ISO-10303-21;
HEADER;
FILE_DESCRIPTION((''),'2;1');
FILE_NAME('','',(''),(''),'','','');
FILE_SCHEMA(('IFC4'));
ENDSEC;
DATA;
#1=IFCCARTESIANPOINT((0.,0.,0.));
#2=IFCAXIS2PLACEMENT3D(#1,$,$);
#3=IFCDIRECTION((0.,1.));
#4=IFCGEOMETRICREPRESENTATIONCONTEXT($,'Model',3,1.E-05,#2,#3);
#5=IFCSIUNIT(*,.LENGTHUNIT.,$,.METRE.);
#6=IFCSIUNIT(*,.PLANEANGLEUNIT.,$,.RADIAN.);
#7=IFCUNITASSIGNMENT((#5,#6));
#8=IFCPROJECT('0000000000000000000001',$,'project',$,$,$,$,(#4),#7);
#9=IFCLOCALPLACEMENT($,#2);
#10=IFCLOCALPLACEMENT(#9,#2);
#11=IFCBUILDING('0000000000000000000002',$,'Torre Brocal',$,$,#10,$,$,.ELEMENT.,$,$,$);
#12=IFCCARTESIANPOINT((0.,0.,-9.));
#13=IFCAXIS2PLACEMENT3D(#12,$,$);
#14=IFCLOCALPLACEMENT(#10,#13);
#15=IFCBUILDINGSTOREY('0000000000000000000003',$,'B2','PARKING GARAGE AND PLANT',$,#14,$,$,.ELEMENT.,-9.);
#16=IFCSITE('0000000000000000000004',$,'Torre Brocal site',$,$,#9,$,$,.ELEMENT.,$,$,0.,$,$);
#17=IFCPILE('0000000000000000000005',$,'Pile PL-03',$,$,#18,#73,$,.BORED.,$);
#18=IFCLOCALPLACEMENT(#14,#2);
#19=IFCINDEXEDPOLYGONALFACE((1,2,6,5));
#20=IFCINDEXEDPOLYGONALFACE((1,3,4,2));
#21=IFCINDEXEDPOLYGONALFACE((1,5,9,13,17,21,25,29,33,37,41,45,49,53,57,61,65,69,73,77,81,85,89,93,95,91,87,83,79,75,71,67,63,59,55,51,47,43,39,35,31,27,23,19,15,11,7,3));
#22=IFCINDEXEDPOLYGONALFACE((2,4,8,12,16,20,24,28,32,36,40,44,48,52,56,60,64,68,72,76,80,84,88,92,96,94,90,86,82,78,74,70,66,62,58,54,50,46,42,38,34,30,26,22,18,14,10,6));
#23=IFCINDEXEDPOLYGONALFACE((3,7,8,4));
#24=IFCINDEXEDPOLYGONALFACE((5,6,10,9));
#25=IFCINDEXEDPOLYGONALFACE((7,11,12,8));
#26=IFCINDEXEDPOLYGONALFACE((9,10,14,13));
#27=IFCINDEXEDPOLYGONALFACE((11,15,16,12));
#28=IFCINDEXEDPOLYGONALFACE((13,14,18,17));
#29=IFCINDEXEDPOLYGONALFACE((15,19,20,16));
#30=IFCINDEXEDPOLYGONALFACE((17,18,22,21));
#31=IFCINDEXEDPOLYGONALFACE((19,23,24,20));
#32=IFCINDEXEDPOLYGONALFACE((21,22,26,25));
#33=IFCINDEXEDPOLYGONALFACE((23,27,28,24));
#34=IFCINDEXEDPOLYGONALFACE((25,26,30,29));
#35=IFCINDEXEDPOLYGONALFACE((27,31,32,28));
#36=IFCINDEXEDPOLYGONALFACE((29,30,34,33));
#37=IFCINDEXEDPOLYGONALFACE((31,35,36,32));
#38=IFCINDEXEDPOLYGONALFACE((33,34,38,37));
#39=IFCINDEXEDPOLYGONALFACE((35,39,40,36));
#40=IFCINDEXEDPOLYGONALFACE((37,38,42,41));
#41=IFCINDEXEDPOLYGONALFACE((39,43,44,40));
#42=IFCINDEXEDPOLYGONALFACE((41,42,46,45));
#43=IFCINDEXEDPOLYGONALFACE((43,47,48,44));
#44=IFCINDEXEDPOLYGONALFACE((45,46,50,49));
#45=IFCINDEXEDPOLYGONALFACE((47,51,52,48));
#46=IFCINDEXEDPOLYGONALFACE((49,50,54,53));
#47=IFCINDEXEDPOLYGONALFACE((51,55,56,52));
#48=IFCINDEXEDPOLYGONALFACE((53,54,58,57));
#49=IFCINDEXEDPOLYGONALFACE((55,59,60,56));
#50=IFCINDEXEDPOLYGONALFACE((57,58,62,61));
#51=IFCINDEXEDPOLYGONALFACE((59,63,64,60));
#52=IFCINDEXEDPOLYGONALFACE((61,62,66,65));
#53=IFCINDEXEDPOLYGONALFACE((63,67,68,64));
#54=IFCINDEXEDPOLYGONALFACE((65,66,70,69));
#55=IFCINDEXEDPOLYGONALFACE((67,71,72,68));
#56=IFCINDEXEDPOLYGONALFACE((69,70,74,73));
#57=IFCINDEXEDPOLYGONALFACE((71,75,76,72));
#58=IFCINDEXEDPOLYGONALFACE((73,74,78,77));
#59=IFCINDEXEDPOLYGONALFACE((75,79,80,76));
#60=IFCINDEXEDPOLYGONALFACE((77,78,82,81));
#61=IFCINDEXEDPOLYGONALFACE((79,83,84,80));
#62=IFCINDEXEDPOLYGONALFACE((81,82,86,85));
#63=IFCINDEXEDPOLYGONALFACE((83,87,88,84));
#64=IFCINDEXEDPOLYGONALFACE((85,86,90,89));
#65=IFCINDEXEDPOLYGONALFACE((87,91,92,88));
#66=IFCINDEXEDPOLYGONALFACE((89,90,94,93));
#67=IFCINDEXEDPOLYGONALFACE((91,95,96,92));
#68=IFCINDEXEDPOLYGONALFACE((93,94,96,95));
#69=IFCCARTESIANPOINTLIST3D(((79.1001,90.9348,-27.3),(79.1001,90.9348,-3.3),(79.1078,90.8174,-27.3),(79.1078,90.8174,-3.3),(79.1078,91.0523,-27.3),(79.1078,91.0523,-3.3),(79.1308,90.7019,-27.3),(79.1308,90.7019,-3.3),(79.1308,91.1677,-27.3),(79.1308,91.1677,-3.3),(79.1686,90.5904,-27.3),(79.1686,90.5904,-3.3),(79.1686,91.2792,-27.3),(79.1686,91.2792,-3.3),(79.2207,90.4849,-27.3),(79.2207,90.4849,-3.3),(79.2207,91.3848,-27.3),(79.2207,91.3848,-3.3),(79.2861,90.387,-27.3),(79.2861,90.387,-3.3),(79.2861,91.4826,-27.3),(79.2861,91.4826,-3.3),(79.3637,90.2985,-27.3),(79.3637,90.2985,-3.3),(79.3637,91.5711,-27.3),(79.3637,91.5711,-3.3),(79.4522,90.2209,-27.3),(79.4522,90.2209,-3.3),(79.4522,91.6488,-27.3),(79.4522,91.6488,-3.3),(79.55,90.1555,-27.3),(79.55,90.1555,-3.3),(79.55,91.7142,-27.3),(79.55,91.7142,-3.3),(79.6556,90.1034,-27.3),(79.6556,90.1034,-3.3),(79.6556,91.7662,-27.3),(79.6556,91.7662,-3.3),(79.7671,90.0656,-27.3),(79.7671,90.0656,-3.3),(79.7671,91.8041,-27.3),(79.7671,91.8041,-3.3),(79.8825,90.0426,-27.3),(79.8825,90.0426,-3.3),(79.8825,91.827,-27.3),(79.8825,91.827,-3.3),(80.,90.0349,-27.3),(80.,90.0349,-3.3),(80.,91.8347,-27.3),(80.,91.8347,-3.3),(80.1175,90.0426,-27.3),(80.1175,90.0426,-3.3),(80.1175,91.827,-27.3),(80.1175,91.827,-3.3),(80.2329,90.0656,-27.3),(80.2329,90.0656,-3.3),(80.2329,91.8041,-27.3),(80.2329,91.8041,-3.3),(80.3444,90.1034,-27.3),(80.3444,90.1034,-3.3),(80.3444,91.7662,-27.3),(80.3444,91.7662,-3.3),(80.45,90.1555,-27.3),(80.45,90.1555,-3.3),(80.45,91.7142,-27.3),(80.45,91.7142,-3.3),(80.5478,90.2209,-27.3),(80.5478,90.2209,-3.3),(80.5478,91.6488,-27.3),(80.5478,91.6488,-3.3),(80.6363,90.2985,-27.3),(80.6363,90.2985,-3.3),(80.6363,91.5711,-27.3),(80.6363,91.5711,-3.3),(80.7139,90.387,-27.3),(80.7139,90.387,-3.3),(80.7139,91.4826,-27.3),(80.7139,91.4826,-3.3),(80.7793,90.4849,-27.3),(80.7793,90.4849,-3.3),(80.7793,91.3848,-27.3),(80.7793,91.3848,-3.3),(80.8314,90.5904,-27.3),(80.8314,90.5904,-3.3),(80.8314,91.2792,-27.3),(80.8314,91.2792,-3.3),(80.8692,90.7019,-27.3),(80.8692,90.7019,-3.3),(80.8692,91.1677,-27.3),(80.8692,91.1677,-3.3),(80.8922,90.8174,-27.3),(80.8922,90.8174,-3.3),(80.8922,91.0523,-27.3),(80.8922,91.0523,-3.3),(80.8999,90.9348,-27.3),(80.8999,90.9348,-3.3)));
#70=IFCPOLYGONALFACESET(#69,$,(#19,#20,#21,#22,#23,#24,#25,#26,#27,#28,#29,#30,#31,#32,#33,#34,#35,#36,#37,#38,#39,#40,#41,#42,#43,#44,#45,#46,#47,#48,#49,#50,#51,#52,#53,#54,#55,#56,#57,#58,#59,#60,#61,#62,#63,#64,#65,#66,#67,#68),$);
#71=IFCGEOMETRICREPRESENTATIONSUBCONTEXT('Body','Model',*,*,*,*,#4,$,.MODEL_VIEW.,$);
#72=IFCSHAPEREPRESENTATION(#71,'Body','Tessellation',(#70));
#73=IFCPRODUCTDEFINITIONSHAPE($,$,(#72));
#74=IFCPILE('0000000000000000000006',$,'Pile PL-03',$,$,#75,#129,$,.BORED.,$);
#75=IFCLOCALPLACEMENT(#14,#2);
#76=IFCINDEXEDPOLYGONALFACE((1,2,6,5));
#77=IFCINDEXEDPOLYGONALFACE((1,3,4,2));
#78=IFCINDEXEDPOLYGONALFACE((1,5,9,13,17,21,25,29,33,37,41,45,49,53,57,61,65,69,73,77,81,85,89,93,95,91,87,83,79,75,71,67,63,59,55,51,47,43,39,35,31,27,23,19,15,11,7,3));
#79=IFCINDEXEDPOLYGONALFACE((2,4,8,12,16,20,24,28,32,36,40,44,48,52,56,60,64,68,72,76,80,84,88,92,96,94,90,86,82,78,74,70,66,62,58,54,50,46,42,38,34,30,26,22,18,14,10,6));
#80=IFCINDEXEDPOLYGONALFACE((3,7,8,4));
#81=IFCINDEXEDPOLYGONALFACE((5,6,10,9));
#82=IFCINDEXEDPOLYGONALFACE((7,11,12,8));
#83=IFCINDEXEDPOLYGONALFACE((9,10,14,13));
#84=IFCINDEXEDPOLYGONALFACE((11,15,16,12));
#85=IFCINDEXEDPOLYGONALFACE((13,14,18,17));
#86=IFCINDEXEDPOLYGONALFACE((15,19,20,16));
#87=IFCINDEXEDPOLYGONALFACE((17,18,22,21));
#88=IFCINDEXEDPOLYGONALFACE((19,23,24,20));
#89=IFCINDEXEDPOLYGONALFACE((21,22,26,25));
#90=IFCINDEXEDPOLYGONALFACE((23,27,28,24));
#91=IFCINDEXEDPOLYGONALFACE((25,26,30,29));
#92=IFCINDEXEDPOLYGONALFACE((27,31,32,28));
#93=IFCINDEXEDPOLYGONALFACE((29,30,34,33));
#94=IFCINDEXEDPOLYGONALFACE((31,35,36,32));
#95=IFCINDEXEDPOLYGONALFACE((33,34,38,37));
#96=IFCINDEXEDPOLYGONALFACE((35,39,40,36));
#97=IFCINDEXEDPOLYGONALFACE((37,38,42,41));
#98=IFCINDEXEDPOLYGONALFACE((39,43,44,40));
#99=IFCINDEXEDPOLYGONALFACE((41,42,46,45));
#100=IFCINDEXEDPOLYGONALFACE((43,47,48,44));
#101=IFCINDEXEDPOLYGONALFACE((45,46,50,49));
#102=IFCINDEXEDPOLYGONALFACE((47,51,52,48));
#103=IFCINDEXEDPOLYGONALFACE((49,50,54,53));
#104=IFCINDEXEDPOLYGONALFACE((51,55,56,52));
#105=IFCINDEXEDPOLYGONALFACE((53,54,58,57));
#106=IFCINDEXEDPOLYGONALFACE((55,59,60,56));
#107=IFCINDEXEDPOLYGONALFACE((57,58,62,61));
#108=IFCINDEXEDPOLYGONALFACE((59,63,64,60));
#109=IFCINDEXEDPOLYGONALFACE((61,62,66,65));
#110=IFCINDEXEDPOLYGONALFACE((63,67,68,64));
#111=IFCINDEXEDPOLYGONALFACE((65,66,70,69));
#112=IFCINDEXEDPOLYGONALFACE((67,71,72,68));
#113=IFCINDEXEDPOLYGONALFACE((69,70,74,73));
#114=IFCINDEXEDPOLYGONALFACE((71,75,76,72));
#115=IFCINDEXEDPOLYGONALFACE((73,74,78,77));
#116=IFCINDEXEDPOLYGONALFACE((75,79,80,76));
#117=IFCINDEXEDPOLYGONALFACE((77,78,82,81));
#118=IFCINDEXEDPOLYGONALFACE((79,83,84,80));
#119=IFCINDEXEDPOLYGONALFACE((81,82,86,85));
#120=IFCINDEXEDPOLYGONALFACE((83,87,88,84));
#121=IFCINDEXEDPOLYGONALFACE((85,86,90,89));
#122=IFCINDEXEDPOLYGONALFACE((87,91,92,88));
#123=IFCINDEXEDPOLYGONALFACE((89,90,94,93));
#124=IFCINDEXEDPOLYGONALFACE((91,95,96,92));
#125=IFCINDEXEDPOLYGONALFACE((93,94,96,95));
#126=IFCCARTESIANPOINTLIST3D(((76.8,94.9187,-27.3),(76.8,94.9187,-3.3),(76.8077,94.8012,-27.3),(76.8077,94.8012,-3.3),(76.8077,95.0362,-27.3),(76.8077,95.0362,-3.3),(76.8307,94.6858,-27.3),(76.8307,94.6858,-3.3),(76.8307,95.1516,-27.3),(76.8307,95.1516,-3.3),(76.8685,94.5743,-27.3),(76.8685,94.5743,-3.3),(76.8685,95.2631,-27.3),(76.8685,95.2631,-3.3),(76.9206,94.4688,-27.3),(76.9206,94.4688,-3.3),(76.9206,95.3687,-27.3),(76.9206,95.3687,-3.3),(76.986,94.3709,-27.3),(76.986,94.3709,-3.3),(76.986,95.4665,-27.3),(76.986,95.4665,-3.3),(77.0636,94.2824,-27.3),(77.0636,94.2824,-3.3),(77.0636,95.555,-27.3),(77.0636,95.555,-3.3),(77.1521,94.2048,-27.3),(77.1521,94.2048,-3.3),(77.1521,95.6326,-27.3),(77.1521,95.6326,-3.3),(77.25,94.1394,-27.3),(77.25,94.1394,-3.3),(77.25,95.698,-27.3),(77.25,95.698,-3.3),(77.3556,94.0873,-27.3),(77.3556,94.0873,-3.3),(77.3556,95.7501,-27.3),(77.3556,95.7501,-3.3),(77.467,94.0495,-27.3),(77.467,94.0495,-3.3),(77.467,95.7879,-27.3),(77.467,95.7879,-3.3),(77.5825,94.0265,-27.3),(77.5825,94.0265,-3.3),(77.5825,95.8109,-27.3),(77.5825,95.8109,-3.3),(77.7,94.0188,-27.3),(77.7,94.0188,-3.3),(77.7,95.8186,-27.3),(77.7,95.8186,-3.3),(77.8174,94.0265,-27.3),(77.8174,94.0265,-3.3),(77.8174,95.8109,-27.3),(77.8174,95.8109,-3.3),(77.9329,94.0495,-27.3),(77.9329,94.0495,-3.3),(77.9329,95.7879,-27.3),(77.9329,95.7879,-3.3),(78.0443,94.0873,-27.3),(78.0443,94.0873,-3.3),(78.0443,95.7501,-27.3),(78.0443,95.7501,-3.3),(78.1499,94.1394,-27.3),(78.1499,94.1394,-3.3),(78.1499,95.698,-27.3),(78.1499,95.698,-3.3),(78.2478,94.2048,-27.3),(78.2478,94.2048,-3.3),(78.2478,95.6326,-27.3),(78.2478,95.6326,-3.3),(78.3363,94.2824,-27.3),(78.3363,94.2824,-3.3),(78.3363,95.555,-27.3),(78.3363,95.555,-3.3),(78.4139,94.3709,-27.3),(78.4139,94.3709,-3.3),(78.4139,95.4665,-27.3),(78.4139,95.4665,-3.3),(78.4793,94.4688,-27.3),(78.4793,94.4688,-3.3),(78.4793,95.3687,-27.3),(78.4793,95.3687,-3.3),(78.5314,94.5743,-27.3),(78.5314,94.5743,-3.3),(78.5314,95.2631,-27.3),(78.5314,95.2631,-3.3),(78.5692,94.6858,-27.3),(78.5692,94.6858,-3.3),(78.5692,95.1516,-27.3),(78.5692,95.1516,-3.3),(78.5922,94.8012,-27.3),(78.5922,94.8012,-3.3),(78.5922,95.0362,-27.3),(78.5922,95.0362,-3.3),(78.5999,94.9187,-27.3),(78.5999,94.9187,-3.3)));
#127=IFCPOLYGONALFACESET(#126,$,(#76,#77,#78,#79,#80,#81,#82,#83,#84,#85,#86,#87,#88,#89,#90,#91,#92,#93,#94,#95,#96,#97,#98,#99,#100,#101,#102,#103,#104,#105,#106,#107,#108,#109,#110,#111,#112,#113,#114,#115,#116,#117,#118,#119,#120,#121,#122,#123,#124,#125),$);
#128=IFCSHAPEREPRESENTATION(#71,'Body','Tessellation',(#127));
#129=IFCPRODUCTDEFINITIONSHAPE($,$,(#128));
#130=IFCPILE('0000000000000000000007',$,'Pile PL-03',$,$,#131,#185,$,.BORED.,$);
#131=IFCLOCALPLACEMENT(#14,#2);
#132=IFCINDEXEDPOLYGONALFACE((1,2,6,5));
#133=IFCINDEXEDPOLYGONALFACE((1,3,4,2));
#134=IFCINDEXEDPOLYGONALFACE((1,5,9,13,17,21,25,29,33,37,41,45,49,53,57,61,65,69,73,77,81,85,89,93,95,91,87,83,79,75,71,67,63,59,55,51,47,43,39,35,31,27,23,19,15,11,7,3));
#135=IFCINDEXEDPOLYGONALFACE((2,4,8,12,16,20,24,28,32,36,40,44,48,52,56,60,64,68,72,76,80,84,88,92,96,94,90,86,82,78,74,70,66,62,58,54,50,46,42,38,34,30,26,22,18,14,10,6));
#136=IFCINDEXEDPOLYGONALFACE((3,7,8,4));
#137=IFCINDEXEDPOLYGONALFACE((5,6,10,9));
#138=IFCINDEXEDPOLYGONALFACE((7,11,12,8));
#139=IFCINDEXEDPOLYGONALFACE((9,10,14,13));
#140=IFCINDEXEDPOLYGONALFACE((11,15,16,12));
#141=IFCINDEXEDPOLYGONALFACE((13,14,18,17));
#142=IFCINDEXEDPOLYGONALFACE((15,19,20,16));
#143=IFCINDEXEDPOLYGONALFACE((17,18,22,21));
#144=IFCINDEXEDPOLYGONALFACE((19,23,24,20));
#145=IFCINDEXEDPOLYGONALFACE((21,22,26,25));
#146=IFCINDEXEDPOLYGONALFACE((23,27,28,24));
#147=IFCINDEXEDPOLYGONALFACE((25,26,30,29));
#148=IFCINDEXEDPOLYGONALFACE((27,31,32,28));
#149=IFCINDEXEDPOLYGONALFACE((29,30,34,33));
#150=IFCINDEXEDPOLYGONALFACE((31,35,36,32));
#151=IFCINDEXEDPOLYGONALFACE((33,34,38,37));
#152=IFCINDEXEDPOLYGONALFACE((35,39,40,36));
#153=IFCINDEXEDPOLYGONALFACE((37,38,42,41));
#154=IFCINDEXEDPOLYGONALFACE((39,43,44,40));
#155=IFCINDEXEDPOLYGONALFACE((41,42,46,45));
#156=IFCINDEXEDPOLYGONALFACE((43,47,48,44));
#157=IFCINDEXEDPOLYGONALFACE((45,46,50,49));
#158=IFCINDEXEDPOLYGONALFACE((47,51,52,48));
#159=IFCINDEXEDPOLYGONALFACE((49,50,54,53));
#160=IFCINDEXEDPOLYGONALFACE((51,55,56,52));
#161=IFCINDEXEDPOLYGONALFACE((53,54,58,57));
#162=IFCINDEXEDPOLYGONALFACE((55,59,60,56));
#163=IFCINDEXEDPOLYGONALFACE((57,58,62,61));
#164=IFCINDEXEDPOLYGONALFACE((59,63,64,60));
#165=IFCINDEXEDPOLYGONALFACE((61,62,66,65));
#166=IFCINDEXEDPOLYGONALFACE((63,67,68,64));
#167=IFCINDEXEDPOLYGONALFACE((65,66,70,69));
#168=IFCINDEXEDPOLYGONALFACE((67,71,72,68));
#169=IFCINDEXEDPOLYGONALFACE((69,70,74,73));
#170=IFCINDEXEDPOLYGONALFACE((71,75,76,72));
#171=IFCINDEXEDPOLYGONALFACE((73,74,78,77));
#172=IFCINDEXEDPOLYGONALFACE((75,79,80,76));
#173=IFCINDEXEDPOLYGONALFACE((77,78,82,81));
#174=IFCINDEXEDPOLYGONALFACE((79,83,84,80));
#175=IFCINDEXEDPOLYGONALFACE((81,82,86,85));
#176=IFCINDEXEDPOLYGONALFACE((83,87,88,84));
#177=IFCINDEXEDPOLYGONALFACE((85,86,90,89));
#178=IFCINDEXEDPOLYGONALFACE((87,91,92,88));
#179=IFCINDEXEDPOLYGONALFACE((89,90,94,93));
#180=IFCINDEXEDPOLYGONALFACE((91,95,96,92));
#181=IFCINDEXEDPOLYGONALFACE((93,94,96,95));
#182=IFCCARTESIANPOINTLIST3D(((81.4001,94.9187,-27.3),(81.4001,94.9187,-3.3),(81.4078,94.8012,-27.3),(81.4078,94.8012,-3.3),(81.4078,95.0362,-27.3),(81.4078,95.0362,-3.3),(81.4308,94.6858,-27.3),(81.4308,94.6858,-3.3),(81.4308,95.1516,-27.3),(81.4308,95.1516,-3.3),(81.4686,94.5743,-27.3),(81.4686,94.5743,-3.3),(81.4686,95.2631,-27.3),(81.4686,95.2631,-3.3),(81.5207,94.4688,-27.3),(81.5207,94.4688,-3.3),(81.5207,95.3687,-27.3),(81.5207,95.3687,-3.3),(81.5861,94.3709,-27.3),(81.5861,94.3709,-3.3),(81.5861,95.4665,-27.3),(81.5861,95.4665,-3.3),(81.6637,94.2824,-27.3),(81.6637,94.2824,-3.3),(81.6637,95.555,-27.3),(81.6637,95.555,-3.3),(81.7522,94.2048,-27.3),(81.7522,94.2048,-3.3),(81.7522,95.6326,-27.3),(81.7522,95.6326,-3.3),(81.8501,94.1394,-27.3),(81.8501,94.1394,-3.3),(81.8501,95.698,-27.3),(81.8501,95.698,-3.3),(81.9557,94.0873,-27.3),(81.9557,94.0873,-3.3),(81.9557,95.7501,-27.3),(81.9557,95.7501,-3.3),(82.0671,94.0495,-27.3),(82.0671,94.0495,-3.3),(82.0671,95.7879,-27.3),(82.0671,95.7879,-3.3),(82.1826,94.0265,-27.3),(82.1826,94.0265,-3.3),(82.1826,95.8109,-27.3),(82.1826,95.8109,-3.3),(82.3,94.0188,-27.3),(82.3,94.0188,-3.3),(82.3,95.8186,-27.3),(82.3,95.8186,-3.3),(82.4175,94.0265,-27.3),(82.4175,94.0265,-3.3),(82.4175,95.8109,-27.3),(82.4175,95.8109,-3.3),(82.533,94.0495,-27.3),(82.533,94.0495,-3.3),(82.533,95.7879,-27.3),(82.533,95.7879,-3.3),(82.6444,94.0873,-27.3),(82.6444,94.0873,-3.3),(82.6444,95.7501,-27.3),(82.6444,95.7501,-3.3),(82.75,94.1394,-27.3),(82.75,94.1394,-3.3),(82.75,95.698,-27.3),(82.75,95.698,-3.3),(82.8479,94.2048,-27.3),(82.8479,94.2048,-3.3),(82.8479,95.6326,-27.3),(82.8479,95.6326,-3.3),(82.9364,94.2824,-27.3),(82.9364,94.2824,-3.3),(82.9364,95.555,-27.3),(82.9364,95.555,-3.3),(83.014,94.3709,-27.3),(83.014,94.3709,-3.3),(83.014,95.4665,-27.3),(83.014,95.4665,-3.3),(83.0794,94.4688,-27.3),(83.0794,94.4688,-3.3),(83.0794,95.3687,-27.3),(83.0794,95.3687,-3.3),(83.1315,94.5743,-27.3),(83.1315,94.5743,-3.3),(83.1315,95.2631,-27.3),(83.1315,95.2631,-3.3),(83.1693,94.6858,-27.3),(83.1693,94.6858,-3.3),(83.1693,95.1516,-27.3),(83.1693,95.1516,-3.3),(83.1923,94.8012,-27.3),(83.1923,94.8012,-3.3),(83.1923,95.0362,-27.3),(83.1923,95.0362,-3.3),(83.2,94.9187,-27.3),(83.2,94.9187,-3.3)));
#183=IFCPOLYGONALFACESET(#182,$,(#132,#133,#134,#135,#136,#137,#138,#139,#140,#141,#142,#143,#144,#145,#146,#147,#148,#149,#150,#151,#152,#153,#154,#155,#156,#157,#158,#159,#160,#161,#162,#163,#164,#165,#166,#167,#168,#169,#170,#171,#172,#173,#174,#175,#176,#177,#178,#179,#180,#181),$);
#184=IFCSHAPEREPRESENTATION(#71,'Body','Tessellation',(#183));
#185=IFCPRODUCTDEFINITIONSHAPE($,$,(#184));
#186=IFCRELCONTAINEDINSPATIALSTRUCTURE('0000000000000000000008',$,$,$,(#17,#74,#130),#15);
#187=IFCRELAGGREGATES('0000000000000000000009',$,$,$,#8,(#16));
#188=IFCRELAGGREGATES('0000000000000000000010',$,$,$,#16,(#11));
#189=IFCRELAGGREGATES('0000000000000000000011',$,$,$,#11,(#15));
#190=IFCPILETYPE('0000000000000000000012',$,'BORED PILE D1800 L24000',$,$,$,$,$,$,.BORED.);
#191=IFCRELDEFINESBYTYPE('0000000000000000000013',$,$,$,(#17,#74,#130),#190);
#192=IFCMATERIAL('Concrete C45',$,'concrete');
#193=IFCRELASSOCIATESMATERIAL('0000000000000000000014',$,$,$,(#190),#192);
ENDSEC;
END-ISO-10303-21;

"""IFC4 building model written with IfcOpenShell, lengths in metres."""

from ifc_helpers import new_model, si_unit, direction, frame, origin, origin_2d, place, context, subcontext, project, spatial, circle, extrude, material, material_profile, profile_set, type_object, element, save


model = new_model("IFC4")

# Units and contexts
model_context = context("Model", 3, precision=1e-05, world=origin(), true_north=direction((0.0, 1.0)))
body_context = subcontext(model_context, "Body", "Model", "MODEL_VIEW")
ifc_project = project(units=[si_unit("LENGTHUNIT", "METRE"), si_unit("PLANEANGLEUNIT", "RADIAN")], contexts=[model_context])

# Site, building, storey
site_placement = place(None, origin())
site = spatial("IfcSite", under=ifc_project, at=site_placement, Name="Torre Brocal site", CompositionType="ELEMENT", RefElevation=0.0)
building_placement = place(site_placement, origin())
building = spatial("IfcBuilding", under=site, at=building_placement, Name="Torre Brocal", CompositionType="ELEMENT")
storey_placement = place(building_placement, frame((0.0, 0.0, -9.0)))
storey = spatial("IfcBuildingStorey", under=building, at=storey_placement, Name="B2", Description="PARKING GARAGE AND PLANT", CompositionType="ELEMENT", Elevation=-9.0)

# Piles
ifc_material_1 = material(Name="Concrete C45", Category="concrete")
ifc_material_profile_1 = material_profile(ifc_material_1, circle(Radius=0.8999, at=origin_2d()), Name="BORED PILE D1800")
ifc_profile_set_1 = profile_set([ifc_material_profile_1], Name="Concrete C45")
pile_type_1 = type_object("IfcPileType", Name="BORED PILE D1800 L24000", PredefinedType="BORED", material=ifc_profile_set_1)
for number, where, z_axis, x_axis, name in (
    (1, (80.0, 90.9348, -3.3), (0.0, 0.0, -1.0), (1.0, 0.0, 0.0), "Pile PL-03"),
    (2, (77.7, 94.9187, -3.3), (0.0, 0.0, -1.0), (1.0, 0.0, 0.0), "Pile PL-03"),
    (3, (82.3, 94.9187, -3.3), (0.0, 0.0, -1.0), (1.0, 0.0, 0.0), "Pile PL-03"),
):
    element("IfcPile", number, at=place(storey_placement, frame(where, z_axis=z_axis, x_axis=x_axis)), inside=storey, type_object=pile_type_1, Name=name, PredefinedType="BORED", context=body_context, shape_type="SweptSolid", body=[
        extrude(circle(Radius=0.8999, at=origin_2d()), origin(), (0.0, 0.0, 1.0), 24.0),
    ])

save(model, "model.ifc")
